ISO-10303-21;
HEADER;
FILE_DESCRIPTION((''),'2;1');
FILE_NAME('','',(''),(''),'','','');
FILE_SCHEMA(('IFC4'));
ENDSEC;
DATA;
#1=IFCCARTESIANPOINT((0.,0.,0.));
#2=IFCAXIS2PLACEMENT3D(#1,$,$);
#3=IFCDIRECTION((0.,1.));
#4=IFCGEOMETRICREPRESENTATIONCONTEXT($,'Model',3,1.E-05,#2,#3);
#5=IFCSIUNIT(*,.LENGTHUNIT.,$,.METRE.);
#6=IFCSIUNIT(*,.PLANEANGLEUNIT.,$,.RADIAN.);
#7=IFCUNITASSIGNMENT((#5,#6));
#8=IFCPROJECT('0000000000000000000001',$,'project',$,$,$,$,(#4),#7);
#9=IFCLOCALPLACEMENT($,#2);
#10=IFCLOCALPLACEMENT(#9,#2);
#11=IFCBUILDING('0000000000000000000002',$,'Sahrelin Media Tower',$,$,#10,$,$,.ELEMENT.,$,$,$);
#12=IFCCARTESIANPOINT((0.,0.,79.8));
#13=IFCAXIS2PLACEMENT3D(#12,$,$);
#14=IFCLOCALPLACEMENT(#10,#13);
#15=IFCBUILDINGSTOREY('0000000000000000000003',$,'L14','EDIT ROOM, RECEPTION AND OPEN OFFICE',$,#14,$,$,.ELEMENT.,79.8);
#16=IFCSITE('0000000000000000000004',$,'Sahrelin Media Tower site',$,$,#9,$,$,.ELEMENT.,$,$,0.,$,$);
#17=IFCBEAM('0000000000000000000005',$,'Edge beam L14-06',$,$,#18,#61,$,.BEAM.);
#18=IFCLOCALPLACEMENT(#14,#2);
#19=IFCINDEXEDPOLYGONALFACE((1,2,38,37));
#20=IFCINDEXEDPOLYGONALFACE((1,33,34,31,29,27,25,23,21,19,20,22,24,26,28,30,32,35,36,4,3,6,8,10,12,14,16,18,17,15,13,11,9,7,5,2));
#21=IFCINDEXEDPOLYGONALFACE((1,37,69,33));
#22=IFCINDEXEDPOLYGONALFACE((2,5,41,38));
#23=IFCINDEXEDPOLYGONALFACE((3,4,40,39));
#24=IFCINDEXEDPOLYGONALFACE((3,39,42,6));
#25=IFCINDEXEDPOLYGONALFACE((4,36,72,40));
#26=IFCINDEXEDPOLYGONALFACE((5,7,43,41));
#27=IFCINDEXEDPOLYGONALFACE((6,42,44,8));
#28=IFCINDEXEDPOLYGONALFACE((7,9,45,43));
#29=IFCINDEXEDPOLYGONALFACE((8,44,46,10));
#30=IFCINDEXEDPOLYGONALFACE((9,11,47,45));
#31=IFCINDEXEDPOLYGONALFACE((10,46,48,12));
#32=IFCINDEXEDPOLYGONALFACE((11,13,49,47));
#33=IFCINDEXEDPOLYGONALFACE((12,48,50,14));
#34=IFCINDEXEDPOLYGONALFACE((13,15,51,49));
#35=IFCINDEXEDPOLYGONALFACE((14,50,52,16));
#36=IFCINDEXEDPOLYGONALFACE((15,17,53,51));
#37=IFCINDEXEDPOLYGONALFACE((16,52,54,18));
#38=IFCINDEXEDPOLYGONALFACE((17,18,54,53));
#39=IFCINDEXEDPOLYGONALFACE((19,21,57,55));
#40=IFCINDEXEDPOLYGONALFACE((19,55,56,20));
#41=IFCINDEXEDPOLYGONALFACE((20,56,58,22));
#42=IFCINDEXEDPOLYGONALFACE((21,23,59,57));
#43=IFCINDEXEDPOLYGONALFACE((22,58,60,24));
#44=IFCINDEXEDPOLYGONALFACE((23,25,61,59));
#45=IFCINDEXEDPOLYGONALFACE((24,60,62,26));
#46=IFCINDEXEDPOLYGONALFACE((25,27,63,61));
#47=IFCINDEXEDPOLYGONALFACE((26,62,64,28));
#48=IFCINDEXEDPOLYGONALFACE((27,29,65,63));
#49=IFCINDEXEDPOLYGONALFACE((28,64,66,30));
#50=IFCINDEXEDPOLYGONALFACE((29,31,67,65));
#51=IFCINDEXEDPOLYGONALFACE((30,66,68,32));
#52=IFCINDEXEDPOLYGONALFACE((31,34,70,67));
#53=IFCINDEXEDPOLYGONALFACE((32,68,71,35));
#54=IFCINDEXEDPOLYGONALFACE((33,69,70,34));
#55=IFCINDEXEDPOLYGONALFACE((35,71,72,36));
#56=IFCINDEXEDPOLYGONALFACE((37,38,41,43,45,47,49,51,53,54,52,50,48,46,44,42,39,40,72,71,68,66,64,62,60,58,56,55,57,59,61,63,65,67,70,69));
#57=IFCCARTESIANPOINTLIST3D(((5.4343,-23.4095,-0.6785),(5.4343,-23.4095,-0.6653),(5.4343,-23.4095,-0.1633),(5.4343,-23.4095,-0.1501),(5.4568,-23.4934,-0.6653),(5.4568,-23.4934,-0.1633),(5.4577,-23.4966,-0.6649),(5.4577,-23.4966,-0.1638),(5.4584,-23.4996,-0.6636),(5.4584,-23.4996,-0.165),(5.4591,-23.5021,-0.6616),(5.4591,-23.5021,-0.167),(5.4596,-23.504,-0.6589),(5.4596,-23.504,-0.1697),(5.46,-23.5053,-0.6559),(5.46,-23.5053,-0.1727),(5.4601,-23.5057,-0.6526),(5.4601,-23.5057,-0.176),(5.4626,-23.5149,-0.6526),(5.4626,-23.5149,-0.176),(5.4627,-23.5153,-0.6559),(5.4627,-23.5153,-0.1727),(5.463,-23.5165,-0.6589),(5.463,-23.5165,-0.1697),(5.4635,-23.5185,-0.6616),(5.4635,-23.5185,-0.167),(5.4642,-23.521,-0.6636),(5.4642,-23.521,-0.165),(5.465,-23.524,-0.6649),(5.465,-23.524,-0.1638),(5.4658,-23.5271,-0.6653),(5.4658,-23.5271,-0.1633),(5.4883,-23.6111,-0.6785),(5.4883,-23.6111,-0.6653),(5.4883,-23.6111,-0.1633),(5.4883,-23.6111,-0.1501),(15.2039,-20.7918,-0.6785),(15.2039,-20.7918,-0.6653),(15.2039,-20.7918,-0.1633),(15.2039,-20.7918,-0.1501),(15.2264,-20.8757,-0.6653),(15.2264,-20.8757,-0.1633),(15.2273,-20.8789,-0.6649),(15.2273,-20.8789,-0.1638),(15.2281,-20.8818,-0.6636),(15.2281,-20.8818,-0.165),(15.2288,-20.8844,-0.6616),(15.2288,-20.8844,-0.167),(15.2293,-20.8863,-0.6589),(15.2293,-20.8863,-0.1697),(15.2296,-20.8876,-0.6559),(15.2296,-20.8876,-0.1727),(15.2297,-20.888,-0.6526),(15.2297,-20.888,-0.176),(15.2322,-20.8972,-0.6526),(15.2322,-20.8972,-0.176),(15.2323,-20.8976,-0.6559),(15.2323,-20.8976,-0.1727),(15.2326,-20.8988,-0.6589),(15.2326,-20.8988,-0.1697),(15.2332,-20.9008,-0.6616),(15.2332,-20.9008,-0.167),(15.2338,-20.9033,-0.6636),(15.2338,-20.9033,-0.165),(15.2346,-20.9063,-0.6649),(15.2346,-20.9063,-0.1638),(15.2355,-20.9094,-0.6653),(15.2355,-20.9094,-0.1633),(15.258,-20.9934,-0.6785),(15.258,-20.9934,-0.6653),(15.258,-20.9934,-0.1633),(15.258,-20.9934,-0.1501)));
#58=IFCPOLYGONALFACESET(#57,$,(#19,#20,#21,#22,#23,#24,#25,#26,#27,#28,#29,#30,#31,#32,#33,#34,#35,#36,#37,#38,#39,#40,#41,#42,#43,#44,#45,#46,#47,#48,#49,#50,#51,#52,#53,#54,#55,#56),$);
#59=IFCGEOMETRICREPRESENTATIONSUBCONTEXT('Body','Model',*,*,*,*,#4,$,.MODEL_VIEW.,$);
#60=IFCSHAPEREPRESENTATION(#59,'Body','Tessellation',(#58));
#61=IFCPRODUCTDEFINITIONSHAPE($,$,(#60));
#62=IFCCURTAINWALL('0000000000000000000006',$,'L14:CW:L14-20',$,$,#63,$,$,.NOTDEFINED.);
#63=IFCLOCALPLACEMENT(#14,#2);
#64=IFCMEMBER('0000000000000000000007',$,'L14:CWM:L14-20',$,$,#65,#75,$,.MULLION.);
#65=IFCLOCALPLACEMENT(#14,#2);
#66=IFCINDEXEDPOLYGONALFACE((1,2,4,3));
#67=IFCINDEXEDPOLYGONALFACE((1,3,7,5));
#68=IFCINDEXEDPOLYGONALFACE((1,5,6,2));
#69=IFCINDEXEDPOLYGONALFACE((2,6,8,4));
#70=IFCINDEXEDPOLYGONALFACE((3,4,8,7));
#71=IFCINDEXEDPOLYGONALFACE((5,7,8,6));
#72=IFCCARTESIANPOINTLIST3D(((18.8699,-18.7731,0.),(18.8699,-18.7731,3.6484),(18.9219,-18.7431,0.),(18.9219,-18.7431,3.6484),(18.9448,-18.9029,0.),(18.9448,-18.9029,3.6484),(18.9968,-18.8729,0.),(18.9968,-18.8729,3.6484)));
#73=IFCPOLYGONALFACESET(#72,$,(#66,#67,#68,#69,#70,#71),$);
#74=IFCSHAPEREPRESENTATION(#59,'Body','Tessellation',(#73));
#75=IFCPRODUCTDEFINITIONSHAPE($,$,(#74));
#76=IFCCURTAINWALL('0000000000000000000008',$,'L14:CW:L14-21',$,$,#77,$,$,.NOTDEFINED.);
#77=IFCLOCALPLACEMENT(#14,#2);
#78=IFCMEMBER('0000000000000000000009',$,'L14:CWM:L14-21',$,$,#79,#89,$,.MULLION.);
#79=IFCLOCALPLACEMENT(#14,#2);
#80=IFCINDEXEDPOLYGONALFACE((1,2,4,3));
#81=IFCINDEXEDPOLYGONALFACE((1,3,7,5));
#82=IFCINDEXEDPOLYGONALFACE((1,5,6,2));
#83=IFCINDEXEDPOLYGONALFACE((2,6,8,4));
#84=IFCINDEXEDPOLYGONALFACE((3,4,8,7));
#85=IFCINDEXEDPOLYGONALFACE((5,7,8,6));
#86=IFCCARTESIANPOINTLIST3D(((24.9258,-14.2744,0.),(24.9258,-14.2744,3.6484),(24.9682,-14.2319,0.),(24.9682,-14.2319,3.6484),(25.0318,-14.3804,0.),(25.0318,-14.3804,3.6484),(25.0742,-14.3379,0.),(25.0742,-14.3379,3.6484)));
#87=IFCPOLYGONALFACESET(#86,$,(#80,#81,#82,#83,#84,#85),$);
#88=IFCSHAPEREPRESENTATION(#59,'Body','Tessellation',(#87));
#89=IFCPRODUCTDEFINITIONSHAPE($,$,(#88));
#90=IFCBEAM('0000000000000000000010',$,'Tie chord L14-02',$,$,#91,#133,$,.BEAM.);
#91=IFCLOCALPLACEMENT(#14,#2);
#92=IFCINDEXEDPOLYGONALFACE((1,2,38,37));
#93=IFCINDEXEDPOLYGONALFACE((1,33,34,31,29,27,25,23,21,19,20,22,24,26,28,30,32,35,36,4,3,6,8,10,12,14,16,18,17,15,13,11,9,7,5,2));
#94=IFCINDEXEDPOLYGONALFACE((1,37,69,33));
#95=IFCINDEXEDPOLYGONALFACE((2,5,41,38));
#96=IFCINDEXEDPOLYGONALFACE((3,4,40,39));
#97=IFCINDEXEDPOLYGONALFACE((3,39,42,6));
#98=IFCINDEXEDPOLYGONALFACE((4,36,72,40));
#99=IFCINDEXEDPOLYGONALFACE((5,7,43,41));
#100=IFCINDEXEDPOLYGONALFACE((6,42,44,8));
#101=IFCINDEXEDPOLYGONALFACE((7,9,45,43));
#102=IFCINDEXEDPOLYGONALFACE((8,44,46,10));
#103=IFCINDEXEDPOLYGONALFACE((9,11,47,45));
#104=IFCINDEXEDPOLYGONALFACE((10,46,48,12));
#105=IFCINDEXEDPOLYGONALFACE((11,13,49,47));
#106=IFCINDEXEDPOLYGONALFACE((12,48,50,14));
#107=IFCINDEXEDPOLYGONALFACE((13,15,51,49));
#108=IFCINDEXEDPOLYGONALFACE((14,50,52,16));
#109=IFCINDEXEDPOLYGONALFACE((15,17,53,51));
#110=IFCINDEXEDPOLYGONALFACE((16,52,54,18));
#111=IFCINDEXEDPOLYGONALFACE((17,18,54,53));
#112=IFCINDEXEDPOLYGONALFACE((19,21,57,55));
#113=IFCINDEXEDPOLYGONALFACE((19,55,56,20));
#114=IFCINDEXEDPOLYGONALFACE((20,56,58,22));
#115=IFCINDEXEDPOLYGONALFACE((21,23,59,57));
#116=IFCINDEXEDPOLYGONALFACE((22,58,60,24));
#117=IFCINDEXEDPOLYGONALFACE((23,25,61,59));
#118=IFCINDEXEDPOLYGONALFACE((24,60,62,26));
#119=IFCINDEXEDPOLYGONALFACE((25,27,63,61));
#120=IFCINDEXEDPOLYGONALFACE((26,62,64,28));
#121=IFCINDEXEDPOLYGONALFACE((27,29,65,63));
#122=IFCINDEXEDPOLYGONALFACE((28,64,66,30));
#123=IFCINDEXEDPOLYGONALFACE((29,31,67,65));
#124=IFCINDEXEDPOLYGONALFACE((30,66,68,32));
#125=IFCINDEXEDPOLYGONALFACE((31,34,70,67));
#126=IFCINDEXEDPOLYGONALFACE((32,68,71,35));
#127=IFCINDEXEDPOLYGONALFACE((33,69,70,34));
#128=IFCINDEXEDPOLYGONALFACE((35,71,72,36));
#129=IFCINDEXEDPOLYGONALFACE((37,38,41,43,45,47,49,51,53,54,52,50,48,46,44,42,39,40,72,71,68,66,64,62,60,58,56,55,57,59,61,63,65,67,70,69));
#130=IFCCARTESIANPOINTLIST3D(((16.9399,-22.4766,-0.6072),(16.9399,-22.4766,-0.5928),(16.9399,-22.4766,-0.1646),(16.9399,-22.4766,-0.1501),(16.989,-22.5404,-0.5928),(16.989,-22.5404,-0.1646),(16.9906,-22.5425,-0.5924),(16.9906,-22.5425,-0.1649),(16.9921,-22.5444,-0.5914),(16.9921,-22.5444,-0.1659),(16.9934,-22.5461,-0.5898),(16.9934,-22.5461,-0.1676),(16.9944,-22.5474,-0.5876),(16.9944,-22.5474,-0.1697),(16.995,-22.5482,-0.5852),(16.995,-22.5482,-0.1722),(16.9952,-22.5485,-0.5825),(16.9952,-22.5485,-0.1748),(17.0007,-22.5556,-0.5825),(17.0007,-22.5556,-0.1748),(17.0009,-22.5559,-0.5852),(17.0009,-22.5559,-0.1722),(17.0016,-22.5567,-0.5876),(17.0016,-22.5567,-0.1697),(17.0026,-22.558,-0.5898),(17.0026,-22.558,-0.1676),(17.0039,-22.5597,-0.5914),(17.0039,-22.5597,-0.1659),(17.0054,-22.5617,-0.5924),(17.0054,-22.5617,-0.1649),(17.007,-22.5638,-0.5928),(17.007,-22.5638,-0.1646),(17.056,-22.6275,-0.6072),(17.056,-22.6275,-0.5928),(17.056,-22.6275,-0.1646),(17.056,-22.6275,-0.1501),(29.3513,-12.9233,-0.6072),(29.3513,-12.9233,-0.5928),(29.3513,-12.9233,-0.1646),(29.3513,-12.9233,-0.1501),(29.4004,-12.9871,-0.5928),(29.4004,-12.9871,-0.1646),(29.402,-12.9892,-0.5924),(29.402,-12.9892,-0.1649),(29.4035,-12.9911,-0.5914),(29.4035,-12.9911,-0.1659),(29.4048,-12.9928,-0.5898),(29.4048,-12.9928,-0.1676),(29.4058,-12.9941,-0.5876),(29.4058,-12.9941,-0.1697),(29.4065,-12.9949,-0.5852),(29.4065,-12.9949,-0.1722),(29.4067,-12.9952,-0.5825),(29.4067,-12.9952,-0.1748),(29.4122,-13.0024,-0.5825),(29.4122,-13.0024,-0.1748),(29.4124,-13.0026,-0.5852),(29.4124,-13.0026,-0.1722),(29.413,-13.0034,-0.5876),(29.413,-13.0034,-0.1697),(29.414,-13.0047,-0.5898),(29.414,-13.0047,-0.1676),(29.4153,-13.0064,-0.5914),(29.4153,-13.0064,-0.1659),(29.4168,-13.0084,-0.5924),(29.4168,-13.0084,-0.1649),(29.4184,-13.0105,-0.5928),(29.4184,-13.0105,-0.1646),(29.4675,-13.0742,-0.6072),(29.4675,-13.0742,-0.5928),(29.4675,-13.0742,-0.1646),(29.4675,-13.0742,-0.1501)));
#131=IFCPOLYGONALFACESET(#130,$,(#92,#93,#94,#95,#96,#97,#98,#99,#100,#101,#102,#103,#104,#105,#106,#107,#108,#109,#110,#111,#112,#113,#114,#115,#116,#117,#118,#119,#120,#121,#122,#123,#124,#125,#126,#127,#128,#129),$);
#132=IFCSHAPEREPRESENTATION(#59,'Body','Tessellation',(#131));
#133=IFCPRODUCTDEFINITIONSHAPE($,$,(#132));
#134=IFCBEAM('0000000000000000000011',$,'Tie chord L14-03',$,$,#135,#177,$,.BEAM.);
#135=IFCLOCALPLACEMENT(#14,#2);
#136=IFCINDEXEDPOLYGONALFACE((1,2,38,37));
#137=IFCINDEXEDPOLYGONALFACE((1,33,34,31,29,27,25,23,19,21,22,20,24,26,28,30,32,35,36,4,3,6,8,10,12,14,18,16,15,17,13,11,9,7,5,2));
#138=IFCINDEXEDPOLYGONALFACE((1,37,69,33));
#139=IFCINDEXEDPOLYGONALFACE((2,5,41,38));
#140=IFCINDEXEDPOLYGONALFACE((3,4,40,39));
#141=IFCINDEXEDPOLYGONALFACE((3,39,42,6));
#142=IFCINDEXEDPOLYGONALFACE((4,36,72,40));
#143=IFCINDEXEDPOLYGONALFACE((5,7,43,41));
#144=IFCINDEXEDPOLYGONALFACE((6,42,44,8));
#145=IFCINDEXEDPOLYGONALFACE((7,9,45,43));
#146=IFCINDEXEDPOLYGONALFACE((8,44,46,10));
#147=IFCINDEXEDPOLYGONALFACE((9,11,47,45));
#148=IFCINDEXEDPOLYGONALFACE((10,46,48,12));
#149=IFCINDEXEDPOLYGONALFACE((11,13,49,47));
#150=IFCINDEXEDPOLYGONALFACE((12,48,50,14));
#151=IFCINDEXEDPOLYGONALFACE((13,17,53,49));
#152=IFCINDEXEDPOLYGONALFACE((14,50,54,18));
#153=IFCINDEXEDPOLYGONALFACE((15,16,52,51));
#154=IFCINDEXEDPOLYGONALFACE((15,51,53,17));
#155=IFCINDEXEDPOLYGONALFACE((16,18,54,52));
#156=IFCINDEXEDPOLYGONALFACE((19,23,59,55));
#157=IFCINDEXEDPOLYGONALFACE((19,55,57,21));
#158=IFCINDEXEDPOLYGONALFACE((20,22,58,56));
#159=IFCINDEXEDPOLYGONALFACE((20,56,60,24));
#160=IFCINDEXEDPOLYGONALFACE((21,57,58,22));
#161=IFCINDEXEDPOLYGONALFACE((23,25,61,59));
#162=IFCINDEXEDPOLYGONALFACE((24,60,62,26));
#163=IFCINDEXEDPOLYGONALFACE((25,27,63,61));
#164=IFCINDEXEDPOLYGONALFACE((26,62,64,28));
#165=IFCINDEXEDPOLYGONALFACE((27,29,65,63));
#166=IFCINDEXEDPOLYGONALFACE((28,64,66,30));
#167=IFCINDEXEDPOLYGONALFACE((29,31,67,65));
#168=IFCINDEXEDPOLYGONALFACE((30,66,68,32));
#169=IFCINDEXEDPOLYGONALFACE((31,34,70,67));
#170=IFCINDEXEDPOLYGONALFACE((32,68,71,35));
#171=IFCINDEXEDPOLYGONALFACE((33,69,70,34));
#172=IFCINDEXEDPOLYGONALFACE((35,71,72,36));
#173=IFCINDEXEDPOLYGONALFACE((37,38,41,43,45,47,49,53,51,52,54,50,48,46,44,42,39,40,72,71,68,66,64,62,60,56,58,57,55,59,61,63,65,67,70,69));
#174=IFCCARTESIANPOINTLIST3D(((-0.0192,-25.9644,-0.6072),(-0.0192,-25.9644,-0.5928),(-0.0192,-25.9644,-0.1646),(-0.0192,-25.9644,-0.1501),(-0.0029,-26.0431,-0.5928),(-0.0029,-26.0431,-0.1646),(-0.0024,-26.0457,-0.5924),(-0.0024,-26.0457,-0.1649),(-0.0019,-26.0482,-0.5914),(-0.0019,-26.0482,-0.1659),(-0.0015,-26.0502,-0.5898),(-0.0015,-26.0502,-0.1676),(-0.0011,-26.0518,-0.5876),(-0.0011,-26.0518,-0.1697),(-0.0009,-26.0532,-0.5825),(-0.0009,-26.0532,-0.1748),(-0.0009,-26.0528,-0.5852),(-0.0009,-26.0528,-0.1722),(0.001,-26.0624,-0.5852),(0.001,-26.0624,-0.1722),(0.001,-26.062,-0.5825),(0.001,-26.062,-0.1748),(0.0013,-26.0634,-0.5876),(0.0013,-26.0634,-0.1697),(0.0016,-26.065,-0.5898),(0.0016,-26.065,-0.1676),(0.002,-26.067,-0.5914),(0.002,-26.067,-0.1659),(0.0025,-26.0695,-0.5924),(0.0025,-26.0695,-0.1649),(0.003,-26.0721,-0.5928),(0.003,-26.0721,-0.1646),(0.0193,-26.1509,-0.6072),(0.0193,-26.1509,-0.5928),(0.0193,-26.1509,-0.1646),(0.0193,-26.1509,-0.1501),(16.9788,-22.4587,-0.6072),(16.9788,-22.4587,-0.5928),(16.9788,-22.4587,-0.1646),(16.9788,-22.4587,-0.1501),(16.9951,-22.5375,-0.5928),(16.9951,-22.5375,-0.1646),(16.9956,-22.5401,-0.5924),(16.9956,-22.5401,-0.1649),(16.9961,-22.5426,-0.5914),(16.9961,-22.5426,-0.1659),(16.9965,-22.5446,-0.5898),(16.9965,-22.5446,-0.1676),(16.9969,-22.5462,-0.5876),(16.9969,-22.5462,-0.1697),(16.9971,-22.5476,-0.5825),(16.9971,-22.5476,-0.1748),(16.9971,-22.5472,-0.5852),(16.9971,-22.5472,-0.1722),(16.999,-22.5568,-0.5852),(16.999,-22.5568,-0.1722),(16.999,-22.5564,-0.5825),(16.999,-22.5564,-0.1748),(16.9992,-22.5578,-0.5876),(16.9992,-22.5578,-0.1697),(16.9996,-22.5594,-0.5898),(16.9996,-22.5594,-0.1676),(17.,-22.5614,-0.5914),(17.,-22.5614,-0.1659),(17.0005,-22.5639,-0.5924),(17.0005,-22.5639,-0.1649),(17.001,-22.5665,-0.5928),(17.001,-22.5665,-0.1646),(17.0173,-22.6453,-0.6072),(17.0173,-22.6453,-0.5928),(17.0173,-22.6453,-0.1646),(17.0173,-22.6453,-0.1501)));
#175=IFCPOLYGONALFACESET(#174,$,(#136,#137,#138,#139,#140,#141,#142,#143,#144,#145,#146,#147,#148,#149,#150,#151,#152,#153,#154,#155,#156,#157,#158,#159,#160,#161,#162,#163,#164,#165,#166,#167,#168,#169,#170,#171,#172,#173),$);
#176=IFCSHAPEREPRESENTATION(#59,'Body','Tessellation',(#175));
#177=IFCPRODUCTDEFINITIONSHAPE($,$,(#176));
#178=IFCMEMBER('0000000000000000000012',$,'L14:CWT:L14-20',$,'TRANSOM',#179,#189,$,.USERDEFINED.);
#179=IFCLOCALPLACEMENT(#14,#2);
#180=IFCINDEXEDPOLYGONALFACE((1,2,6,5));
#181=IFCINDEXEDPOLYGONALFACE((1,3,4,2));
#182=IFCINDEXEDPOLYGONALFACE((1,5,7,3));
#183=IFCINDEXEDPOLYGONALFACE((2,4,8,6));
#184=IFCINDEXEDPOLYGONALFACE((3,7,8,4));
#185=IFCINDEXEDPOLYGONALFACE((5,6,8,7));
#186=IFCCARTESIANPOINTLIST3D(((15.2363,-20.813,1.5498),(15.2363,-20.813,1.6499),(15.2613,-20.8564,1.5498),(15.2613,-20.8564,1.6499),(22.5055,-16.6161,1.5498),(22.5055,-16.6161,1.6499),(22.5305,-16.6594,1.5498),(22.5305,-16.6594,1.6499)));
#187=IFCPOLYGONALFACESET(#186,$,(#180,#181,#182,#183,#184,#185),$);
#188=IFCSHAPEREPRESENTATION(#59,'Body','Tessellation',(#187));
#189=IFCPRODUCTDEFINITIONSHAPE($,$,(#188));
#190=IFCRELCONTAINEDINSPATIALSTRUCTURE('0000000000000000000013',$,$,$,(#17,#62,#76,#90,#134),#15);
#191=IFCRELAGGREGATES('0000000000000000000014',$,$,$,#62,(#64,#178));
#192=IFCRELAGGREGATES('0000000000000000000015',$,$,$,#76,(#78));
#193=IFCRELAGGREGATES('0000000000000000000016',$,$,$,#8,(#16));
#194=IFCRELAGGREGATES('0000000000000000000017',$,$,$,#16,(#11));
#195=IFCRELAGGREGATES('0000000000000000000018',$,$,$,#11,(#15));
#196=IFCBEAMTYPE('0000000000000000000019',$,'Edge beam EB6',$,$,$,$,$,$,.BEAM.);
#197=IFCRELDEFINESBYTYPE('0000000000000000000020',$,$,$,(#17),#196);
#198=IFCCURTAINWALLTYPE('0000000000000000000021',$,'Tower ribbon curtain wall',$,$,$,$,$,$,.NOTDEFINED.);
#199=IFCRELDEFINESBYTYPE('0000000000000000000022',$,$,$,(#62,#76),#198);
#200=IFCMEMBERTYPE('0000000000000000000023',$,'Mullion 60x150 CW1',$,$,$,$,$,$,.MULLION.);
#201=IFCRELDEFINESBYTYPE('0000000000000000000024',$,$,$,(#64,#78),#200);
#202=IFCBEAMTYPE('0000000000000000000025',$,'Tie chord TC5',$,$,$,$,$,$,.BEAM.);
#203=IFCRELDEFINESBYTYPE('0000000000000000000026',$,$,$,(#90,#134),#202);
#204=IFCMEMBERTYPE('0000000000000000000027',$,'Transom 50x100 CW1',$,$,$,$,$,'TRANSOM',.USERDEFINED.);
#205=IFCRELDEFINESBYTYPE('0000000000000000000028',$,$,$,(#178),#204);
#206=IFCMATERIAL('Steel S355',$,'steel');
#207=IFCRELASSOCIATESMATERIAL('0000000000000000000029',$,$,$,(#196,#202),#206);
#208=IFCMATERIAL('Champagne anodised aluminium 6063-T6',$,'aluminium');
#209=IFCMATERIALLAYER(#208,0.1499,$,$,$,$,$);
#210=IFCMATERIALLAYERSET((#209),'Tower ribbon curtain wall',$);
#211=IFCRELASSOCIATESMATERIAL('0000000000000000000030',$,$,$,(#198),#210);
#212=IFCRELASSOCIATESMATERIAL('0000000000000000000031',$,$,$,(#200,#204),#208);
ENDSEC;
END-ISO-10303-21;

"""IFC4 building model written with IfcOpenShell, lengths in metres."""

from ifc_helpers import new_model, si_unit, direction, frame, origin, origin_2d, place, context, subcontext, project, spatial, rectangle, i_section, extrude, material, layer, layer_set, material_profile, profile_set, type_object, element, aggregate, save


model = new_model("IFC4")

# Units and contexts
model_context = context("Model", 3, precision=1e-05, world=origin(), true_north=direction((0.0, 1.0)))
body_context = subcontext(model_context, "Body", "Model", "MODEL_VIEW")
ifc_project = project(units=[si_unit("LENGTHUNIT", "METRE"), si_unit("PLANEANGLEUNIT", "RADIAN")], contexts=[model_context])

# Site, building, storey
site_placement = place(None, origin())
site = spatial("IfcSite", under=ifc_project, at=site_placement, Name="Sahrelin Media Tower site", CompositionType="ELEMENT", RefElevation=0.0)
building_placement = place(site_placement, origin())
building = spatial("IfcBuilding", under=site, at=building_placement, Name="Sahrelin Media Tower", CompositionType="ELEMENT")
storey_placement = place(building_placement, frame((0.0, 0.0, 79.8)))
storey = spatial("IfcBuildingStorey", under=building, at=storey_placement, Name="L14", Description="EDIT ROOM, RECEPTION AND OPEN OFFICE", CompositionType="ELEMENT", Elevation=79.8)

# Beam
ifc_material_1 = material(Name="Steel S355", Category="steel")
ifc_material_profile_1 = material_profile(ifc_material_1, i_section(OverallWidth=0.2087, OverallDepth=0.5283, WebThickness=0.0095, FlangeThickness=0.0132, FilletRadius=0.0127, at=origin_2d()), Name="UB 533x210x82")
ifc_profile_set_1 = profile_set([ifc_material_profile_1], Name="Steel S355")
beam_type_1 = type_object("IfcBeamType", Name="Edge beam EB6", PredefinedType="BEAM", material=ifc_profile_set_1)
beam_1_placement = place(storey_placement, frame((15.231, -20.8926, -0.4143), z_axis=(-0.965927, -0.258813, 0.0), x_axis=(0.258813, -0.965927, 0.0)))
element("IfcBeam", 1, at=beam_1_placement, inside=storey, type_object=beam_type_1, Name="Edge beam L14-06", PredefinedType="BEAM", context=body_context, shape_type="SweptSolid", body=[
    extrude(i_section(OverallWidth=0.2087, OverallDepth=0.5283, WebThickness=0.0095, FlangeThickness=0.0132, FilletRadius=0.0127, at=origin_2d()), origin(), (0.0, 0.0, 1.0), 10.1143),
])

# Curtain walls, members
ifc_material_2 = material(Name="Champagne anodised aluminium 6063-T6", Category="aluminium")
ifc_layer_1 = layer(ifc_material_2, 0.1499)
ifc_layer_set_1 = layer_set([ifc_layer_1], Name="Tower ribbon curtain wall")
curtain_wall_type = type_object("IfcCurtainWallType", Name="Tower ribbon curtain wall", PredefinedType="NOTDEFINED", material=ifc_layer_set_1)
curtain_wall_1_placement = place(storey_placement, frame((18.981, -18.9053, 0.0), z_axis=(0.0, 0.0, 1.0), x_axis=(1.0, 0.0, 0.0)))
curtain_wall_1 = element("IfcCurtainWall", 2, at=curtain_wall_1_placement, inside=storey, type_object=curtain_wall_type, Name="L14:CW:L14-20", PredefinedType="NOTDEFINED")
ifc_material_profile_2 = material_profile(ifc_material_2, rectangle(XDim=0.0601, YDim=0.1499, at=origin_2d()), Name="Mullion 60x150")
ifc_profile_set_2 = profile_set([ifc_material_profile_2], Name="Champagne anodised aluminium 6063-T6")
member_type_1 = type_object("IfcMemberType", Name="Mullion 60x150 CW1", PredefinedType="MULLION", material=ifc_profile_set_2)
member_1_placement = place(storey_placement, frame((18.9333, -18.823, 0.0), z_axis=(0.0, 0.0, 1.0), x_axis=(0.866027, 0.499997, 0.0)))
member_1 = element("IfcMember", 3, at=member_1_placement, type_object=member_type_1, Name="L14:CWM:L14-20", PredefinedType="MULLION", context=body_context, shape_type="SweptSolid", body=[
    extrude(rectangle(XDim=0.0601, YDim=0.1499, at=origin_2d()), origin(), (0.0, 0.0, 1.0), 3.6484),
])
curtain_wall_2_placement = place(storey_placement, frame((25.0671, -14.3733, 0.0), z_axis=(0.0, 0.0, 1.0), x_axis=(1.0, 0.0, 0.0)))
curtain_wall_2 = element("IfcCurtainWall", 4, at=curtain_wall_2_placement, inside=storey, type_object=curtain_wall_type, Name="L14:CW:L14-21", PredefinedType="NOTDEFINED")
member_2_placement = place(storey_placement, frame((25.0, -14.3062, 0.0), z_axis=(0.0, 0.0, 1.0), x_axis=(0.707107, 0.707107, 0.0)))
member_2 = element("IfcMember", 5, at=member_2_placement, type_object=member_type_1, Name="L14:CWM:L14-21", PredefinedType="MULLION", context=body_context, shape_type="SweptSolid", body=[
    extrude(rectangle(XDim=0.0601, YDim=0.1499, at=origin_2d()), origin(), (0.0, 0.0, 1.0), 3.6484),
])

# Beams
ifc_material_profile_3 = material_profile(ifc_material_1, i_section(OverallWidth=0.1904, OverallDepth=0.457, WebThickness=0.009, FlangeThickness=0.0144, FilletRadius=0.0103, at=origin_2d()), Name="UB 457x191x74")
ifc_profile_set_3 = profile_set([ifc_material_profile_3], Name="Steel S355")
beam_type_2 = type_object("IfcBeamType", Name="Tie chord TC5", PredefinedType="BEAM", material=ifc_profile_set_3)
beam_2_placement = place(storey_placement, frame((29.4094, -12.9988, -0.3787), z_axis=(-0.792439, -0.609952, 0.0), x_axis=(0.609952, -0.792439, 0.0)))
element("IfcBeam", 6, at=beam_2_placement, inside=storey, type_object=beam_type_2, Name="Tie chord L14-02", PredefinedType="BEAM", context=body_context, shape_type="SweptSolid", body=[
    extrude(i_section(OverallWidth=0.1904, OverallDepth=0.457, WebThickness=0.009, FlangeThickness=0.0144, FilletRadius=0.0103, at=origin_2d()), origin(), (0.0, 0.0, 1.0), 15.6624),
])
beam_3_placement = place(storey_placement, frame((16.998, -22.552, -0.3787), z_axis=(-0.979389, -0.201986, 0.0), x_axis=(0.201986, -0.979389, 0.0)))
element("IfcBeam", 7, at=beam_3_placement, inside=storey, type_object=beam_type_2, Name="Tie chord L14-03", PredefinedType="BEAM", context=body_context, shape_type="SweptSolid", body=[
    extrude(i_section(OverallWidth=0.1904, OverallDepth=0.457, WebThickness=0.009, FlangeThickness=0.0144, FilletRadius=0.0103, at=origin_2d()), origin(), (0.0, 0.0, 1.0), 17.3557),
])

# Member
ifc_material_profile_4 = material_profile(ifc_material_2, rectangle(XDim=0.05, YDim=0.1001, at=origin_2d()), Name="Transom 50x100")
ifc_profile_set_4 = profile_set([ifc_material_profile_4], Name="Champagne anodised aluminium 6063-T6")
member_type_2 = type_object("IfcMemberType", Name="Transom 50x100 CW1", ElementType="TRANSOM", PredefinedType="USERDEFINED", material=ifc_profile_set_4)
member_3_placement = place(storey_placement, frame((15.2488, -20.8347, 1.5999), z_axis=(0.86602, 0.500009, 0.0), x_axis=(-0.500009, 0.86602, 0.0)))
member_3 = element("IfcMember", 8, at=member_3_placement, type_object=member_type_2, Name="L14:CWT:L14-20", ObjectType="TRANSOM", PredefinedType="USERDEFINED", context=body_context, shape_type="SweptSolid", body=[
    extrude(rectangle(XDim=0.05, YDim=0.1001, at=origin_2d()), origin(), (0.0, 0.0, 1.0), 8.3938),
])

aggregate(curtain_wall_1, [member_1, member_3])
aggregate(curtain_wall_2, [member_2])

save(model, "model.ifc")
